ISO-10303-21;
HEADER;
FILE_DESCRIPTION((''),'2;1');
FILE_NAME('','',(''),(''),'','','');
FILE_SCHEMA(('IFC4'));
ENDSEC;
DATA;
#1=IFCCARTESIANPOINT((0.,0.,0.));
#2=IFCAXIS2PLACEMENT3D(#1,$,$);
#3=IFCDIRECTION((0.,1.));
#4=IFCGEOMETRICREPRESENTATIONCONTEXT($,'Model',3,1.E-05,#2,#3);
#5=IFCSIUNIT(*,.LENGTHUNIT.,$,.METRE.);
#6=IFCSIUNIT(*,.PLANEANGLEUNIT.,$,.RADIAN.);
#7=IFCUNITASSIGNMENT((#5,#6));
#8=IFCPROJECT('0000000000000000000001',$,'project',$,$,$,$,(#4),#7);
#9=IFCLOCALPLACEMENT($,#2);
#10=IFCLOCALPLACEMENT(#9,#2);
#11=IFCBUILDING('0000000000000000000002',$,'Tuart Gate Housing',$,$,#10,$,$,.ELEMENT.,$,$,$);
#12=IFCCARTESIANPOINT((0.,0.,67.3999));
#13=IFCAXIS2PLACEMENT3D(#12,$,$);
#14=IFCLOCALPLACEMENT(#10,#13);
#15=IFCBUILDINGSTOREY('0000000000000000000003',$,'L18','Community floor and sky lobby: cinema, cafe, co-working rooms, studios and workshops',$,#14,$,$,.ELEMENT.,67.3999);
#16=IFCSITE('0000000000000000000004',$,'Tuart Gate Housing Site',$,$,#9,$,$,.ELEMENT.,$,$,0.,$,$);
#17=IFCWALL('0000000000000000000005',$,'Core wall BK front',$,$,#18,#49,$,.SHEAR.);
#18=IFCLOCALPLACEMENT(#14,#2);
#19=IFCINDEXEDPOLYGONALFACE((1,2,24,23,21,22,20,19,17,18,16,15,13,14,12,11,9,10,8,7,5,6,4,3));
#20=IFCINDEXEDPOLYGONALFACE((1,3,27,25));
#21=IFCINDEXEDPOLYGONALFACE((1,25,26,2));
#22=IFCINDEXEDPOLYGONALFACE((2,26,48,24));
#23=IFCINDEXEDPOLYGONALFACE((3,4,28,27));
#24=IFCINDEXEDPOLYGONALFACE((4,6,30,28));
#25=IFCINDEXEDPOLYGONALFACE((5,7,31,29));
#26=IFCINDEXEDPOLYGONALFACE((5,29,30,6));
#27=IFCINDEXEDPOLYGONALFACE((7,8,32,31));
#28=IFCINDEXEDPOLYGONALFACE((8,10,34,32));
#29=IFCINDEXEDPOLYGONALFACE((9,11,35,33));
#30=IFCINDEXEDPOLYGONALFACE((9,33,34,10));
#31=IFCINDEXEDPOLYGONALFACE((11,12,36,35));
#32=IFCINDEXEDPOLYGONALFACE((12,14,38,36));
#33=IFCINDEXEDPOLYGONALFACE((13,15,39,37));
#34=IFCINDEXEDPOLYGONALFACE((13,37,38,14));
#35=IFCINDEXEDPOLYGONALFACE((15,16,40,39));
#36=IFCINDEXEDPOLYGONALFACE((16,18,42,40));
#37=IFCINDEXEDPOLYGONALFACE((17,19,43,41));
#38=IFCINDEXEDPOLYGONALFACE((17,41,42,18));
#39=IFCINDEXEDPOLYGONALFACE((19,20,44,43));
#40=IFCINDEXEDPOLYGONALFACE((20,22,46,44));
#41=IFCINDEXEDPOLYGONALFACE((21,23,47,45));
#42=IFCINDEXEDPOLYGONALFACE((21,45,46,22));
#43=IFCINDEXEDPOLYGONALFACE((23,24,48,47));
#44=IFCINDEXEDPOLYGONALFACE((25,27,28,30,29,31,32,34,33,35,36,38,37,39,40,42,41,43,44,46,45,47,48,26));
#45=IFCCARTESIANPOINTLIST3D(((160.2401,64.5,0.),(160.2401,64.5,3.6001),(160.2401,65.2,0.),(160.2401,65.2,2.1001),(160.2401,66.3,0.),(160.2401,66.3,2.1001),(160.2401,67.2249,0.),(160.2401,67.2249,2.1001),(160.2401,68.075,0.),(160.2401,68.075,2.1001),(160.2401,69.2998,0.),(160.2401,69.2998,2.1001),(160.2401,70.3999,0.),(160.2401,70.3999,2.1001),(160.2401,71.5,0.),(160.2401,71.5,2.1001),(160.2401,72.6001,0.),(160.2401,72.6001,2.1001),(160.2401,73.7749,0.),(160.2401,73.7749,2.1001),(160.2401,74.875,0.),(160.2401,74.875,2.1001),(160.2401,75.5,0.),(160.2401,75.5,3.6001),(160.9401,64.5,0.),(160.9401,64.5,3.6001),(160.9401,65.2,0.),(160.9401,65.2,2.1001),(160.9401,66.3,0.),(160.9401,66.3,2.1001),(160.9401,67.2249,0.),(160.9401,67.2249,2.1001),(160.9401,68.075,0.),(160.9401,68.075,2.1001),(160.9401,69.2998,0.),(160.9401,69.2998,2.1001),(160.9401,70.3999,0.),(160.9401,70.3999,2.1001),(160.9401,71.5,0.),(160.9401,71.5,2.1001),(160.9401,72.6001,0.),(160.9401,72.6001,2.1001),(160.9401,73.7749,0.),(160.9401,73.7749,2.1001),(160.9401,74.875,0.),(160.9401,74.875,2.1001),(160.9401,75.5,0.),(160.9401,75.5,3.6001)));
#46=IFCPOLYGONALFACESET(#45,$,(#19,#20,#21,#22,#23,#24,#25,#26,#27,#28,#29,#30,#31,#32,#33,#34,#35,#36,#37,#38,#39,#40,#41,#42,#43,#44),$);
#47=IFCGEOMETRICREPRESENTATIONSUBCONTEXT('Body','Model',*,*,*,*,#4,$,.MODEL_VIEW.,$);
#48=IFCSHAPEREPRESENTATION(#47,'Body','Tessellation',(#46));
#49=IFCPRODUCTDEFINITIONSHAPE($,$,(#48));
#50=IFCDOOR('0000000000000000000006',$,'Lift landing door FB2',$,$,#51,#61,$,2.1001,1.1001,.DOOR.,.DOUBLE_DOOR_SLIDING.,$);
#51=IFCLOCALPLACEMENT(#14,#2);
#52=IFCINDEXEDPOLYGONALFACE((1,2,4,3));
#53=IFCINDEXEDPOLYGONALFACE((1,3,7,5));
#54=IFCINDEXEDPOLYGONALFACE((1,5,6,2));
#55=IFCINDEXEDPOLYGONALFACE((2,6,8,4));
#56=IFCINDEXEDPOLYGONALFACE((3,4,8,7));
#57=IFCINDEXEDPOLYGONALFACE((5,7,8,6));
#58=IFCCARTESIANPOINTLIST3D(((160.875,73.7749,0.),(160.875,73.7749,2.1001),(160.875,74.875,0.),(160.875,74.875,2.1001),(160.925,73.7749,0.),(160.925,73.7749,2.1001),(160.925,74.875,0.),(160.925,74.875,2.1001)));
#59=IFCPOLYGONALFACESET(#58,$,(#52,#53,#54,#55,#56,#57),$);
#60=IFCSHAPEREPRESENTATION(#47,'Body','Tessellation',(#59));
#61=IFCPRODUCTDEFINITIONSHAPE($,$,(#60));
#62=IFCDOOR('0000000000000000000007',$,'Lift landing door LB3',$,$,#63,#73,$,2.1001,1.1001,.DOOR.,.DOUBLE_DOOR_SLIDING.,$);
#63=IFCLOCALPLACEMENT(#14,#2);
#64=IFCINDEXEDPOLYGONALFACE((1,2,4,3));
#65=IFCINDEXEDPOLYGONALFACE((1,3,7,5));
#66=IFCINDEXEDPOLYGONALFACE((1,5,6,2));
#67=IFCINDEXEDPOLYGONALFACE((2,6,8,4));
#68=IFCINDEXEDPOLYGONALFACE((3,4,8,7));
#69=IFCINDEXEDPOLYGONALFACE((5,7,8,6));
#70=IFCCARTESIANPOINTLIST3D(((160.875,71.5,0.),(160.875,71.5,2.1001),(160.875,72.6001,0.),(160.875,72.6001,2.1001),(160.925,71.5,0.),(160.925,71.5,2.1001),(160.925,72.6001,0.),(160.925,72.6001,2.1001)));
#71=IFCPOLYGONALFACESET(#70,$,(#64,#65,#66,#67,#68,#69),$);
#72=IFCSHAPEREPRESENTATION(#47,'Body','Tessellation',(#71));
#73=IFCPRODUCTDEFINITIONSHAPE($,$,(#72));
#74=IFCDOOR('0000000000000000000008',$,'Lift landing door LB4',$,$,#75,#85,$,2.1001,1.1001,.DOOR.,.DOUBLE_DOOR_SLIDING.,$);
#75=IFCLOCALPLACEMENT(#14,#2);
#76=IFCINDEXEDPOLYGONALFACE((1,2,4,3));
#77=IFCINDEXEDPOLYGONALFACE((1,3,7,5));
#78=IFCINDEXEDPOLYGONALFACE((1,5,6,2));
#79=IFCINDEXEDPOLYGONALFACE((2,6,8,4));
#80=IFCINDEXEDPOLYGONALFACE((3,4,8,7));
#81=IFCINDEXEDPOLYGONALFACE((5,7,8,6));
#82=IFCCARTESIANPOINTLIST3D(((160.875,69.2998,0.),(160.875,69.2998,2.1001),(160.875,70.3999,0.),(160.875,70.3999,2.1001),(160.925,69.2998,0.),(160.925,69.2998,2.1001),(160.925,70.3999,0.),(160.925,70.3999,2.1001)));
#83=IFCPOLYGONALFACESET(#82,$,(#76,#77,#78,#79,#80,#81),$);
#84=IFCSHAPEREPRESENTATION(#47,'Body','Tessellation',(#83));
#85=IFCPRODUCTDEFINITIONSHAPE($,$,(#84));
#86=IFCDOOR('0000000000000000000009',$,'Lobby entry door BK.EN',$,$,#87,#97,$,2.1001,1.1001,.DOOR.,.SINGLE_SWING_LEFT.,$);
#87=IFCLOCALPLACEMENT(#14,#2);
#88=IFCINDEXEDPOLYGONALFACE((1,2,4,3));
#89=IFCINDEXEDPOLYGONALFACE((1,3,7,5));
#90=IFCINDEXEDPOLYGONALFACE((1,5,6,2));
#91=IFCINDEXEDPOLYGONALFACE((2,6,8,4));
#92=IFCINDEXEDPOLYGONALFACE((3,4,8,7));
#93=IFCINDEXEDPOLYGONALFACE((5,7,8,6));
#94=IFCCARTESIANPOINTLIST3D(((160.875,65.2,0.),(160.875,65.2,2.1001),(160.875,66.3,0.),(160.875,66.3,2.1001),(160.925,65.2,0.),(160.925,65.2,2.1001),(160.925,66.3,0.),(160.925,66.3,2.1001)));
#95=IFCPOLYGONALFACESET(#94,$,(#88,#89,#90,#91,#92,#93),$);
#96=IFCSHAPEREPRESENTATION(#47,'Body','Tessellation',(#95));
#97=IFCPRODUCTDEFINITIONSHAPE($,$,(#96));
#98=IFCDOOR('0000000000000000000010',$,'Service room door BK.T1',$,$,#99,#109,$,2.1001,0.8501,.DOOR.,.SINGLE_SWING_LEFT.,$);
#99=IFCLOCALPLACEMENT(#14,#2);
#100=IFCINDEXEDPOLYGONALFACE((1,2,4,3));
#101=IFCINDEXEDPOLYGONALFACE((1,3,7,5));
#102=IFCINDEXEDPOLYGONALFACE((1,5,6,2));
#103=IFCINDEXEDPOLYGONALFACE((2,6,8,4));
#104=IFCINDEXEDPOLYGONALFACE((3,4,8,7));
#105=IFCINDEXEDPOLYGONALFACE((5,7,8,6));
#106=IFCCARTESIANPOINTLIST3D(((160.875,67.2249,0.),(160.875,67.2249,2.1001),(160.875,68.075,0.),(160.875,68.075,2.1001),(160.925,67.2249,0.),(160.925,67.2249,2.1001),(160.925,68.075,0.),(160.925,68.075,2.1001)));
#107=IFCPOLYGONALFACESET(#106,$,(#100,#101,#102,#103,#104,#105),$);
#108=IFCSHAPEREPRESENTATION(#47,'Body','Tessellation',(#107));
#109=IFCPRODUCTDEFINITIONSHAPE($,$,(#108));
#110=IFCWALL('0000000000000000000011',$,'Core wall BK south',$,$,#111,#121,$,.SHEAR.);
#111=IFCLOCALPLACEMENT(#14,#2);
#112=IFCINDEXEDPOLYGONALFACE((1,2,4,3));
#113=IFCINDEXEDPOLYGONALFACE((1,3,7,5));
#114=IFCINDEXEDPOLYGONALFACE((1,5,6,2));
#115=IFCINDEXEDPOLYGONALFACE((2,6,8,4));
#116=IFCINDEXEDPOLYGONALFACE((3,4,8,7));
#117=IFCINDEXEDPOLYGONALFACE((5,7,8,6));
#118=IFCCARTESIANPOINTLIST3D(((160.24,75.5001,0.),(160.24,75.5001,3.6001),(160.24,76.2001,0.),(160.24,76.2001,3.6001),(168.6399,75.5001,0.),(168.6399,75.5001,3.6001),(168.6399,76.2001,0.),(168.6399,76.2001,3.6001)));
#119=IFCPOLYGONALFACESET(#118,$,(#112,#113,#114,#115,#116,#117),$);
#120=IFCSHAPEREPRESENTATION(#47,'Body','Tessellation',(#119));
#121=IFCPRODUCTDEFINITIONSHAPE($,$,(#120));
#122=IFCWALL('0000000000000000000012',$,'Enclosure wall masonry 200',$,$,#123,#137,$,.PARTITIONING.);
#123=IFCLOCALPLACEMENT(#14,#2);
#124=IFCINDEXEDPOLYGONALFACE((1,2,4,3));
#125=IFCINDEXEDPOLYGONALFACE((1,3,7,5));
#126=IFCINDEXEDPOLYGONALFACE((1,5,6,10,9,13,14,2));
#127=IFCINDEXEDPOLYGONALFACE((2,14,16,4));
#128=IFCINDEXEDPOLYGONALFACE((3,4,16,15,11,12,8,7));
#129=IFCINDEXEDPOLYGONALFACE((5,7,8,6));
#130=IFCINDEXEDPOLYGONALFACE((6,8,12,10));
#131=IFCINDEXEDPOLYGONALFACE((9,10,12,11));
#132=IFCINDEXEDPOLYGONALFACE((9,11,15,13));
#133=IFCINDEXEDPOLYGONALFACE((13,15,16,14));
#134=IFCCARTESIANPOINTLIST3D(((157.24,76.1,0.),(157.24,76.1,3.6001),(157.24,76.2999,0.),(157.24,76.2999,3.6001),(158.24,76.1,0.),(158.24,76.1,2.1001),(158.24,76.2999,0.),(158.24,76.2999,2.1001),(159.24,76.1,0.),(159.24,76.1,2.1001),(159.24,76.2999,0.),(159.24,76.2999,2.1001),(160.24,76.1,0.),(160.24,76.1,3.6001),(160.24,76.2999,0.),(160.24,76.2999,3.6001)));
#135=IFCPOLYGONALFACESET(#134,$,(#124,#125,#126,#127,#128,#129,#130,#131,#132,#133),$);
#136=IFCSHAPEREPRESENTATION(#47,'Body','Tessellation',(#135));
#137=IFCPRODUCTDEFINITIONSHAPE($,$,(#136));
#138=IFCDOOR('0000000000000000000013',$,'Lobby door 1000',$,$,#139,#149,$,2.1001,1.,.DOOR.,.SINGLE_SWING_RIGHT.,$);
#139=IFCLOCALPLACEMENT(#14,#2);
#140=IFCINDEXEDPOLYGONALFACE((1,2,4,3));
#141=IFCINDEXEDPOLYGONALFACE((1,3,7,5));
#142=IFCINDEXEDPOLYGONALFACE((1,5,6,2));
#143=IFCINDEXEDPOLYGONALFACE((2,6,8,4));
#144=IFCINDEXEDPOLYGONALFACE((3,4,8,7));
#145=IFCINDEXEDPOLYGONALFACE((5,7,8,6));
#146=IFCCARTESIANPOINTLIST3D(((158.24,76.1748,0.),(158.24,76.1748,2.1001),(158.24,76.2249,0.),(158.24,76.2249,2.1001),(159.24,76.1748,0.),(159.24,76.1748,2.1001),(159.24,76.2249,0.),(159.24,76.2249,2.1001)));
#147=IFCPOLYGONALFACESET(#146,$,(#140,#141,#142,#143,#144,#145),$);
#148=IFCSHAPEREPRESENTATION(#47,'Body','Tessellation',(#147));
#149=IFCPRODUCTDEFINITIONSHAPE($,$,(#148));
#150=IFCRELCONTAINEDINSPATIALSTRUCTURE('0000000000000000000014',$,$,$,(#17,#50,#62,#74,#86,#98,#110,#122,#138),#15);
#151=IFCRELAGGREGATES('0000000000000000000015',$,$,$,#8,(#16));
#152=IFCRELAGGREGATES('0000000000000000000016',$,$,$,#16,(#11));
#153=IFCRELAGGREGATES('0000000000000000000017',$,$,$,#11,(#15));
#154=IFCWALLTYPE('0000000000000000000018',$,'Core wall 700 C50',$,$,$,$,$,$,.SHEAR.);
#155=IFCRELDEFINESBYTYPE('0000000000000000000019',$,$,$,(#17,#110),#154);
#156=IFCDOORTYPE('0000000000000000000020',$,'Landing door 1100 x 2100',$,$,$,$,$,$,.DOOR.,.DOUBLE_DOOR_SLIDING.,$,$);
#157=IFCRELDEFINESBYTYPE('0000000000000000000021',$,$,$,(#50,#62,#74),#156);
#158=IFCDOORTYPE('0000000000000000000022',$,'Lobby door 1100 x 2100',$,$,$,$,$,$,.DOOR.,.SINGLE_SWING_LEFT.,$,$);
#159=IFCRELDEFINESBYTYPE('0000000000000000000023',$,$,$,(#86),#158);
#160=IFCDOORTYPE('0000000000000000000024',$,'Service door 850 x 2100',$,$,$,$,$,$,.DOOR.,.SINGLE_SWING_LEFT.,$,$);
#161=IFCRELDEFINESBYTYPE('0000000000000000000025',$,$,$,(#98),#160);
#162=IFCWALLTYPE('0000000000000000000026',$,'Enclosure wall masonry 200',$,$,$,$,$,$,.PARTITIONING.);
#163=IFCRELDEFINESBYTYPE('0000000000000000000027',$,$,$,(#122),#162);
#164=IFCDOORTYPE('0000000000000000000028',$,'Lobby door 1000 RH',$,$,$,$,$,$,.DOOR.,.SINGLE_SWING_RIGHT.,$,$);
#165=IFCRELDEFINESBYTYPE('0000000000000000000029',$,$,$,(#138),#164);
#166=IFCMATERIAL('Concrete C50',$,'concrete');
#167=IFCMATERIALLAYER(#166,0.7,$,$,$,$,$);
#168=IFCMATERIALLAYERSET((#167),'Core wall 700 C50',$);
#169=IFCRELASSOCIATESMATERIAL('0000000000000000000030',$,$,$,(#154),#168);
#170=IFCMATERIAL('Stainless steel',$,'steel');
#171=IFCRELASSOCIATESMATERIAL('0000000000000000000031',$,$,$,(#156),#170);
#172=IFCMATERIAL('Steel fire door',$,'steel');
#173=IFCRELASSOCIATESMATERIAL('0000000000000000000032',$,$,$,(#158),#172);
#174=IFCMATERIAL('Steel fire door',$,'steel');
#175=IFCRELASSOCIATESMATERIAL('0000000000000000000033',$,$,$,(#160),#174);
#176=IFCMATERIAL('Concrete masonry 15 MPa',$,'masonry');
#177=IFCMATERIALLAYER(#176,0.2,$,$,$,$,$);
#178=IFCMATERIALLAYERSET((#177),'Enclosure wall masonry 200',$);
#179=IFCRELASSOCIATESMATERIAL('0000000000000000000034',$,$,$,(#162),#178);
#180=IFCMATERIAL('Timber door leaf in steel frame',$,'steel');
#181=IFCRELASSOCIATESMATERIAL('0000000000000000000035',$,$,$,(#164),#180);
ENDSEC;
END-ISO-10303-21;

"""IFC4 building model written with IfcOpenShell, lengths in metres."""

from ifc_helpers import new_model, si_unit, direction, frame, frame_2d, origin, place, context, subcontext, project, spatial, rectangle, extrude, material, layer, layer_set, type_object, element, fill, save


model = new_model("IFC4")

# Units and contexts
model_context = context("Model", 3, precision=1e-05, world=origin(), true_north=direction((0.0, 1.0)))
body_context = subcontext(model_context, "Body", "Model", "MODEL_VIEW")
ifc_project = project(units=[si_unit("LENGTHUNIT", "METRE"), si_unit("PLANEANGLEUNIT", "RADIAN")], contexts=[model_context])

# Site, building, storey
site_placement = place(None, origin())
site = spatial("IfcSite", under=ifc_project, at=site_placement, Name="Tuart Gate Housing Site", CompositionType="ELEMENT", RefElevation=0.0)
building_placement = place(site_placement, origin())
building = spatial("IfcBuilding", under=site, at=building_placement, Name="Tuart Gate Housing", CompositionType="ELEMENT")
storey_placement = place(building_placement, frame((0.0, 0.0, 67.3999)))
storey = spatial("IfcBuildingStorey", under=building, at=storey_placement, Name="L18", Description="Community floor and sky lobby: cinema, cafe, co-working rooms, studios and workshops", CompositionType="ELEMENT", Elevation=67.3999)

# Wall, openings, doors
ifc_material_1 = material(Name="Concrete C50", Category="concrete")
ifc_layer_1 = layer(ifc_material_1, 0.7)
ifc_layer_set_1 = layer_set([ifc_layer_1], Name="Core wall 700 C50")
wall_type_1 = type_object("IfcWallType", Name="Core wall 700 C50", PredefinedType="SHEAR", material=ifc_layer_set_1)
wall_1_placement = place(storey_placement, frame((160.5901, 75.5, 0.0), z_axis=(0.0, 0.0, 1.0), x_axis=(0.0, -1.0, 0.0)))
wall_1 = element("IfcWall", 1, at=wall_1_placement, inside=storey, type_object=wall_type_1, Name="Core wall BK front", PredefinedType="SHEAR", context=body_context, shape_type="SweptSolid", body=[
    extrude(rectangle(XDim=11.0, YDim=0.7, at=frame_2d((5.5, 0.0))), origin(), (0.0, 0.0, 1.0), 3.6001),
])
opening_1_placement = place(wall_1_placement, frame((0.625, 0.0, 0.0)))
opening_1 = element("IfcOpeningElement", 2, at=opening_1_placement, cuts=wall_1, PredefinedType="OPENING", context=body_context, shape_type="SweptSolid", body=[
    extrude(rectangle(XDim=1.1001, YDim=2.1001, at=frame_2d((0.55, 1.05))), frame((0.0, 0.3599, 0.0), z_axis=(0.0, -1.0, 0.0), x_axis=(1.0, 0.0, 0.0)), (0.0, 0.0, 1.0), 0.72),
])
opening_2_placement = place(wall_1_placement, frame((2.8999, 0.0, 0.0)))
opening_2 = element("IfcOpeningElement", 3, at=opening_2_placement, cuts=wall_1, PredefinedType="OPENING", context=body_context, shape_type="SweptSolid", body=[
    extrude(rectangle(XDim=1.1001, YDim=2.1001, at=frame_2d((0.55, 1.05))), frame((0.0, 0.3599, 0.0), z_axis=(0.0, -1.0, 0.0), x_axis=(1.0, 0.0, 0.0)), (0.0, 0.0, 1.0), 0.72),
])
opening_3_placement = place(wall_1_placement, frame((5.1001, 0.0, 0.0)))
opening_3 = element("IfcOpeningElement", 4, at=opening_3_placement, cuts=wall_1, PredefinedType="OPENING", context=body_context, shape_type="SweptSolid", body=[
    extrude(rectangle(XDim=1.1001, YDim=2.1001, at=frame_2d((0.55, 1.05))), frame((0.0, 0.3599, 0.0), z_axis=(0.0, -1.0, 0.0), x_axis=(1.0, 0.0, 0.0)), (0.0, 0.0, 1.0), 0.72),
])
opening_4_placement = place(wall_1_placement, frame((9.2, 0.0, 0.0)))
opening_4 = element("IfcOpeningElement", 5, at=opening_4_placement, cuts=wall_1, PredefinedType="OPENING", context=body_context, shape_type="SweptSolid", body=[
    extrude(rectangle(XDim=1.1001, YDim=2.1001, at=frame_2d((0.55, 1.05))), frame((0.0, 0.3599, 0.0), z_axis=(0.0, -1.0, 0.0), x_axis=(1.0, 0.0, 0.0)), (0.0, 0.0, 1.0), 0.72),
])
opening_5_placement = place(wall_1_placement, frame((7.425, 0.0, 0.0)))
opening_5 = element("IfcOpeningElement", 6, at=opening_5_placement, cuts=wall_1, PredefinedType="OPENING", context=body_context, shape_type="SweptSolid", body=[
    extrude(rectangle(XDim=0.8501, YDim=2.1001, at=frame_2d((0.425, 1.05))), frame((0.0, 0.3599, 0.0), z_axis=(0.0, -1.0, 0.0), x_axis=(1.0, 0.0, 0.0)), (0.0, 0.0, 1.0), 0.72),
])
ifc_material_2 = material(Name="Stainless steel", Category="steel")
door_type_1 = type_object("IfcDoorType", Name="Landing door 1100 x 2100", OperationType="DOUBLE_DOOR_SLIDING", PredefinedType="DOOR", material=ifc_material_2)
door_1_placement = place(opening_1_placement, origin())
door_1 = element("IfcDoor", 7, at=door_1_placement, inside=storey, type_object=door_type_1, Name="Lift landing door FB2", OperationType="DOUBLE_DOOR_SLIDING", OverallHeight=2.1001, OverallWidth=1.1001, PredefinedType="DOOR", context=body_context, shape_type="SweptSolid", body=[
    extrude(rectangle(XDim=1.1001, YDim=2.1001, at=frame_2d((0.55, 1.05))), frame((0.0, 0.335, 0.0), z_axis=(0.0, -1.0, 0.0), x_axis=(1.0, 0.0, 0.0)), (0.0, 0.0, 1.0), 0.05),
])
fill(opening_1, door_1)
door_2_placement = place(opening_2_placement, origin())
door_2 = element("IfcDoor", 8, at=door_2_placement, inside=storey, type_object=door_type_1, Name="Lift landing door LB3", OperationType="DOUBLE_DOOR_SLIDING", OverallHeight=2.1001, OverallWidth=1.1001, PredefinedType="DOOR", context=body_context, shape_type="SweptSolid", body=[
    extrude(rectangle(XDim=1.1001, YDim=2.1001, at=frame_2d((0.55, 1.05))), frame((0.0, 0.335, 0.0), z_axis=(0.0, -1.0, 0.0), x_axis=(1.0, 0.0, 0.0)), (0.0, 0.0, 1.0), 0.05),
])
fill(opening_2, door_2)
door_3_placement = place(opening_3_placement, origin())
door_3 = element("IfcDoor", 9, at=door_3_placement, inside=storey, type_object=door_type_1, Name="Lift landing door LB4", OperationType="DOUBLE_DOOR_SLIDING", OverallHeight=2.1001, OverallWidth=1.1001, PredefinedType="DOOR", context=body_context, shape_type="SweptSolid", body=[
    extrude(rectangle(XDim=1.1001, YDim=2.1001, at=frame_2d((0.55, 1.05))), frame((0.0, 0.335, 0.0), z_axis=(0.0, -1.0, 0.0), x_axis=(1.0, 0.0, 0.0)), (0.0, 0.0, 1.0), 0.05),
])
fill(opening_3, door_3)
ifc_material_3 = material(Name="Steel fire door", Category="steel")
door_type_2 = type_object("IfcDoorType", Name="Lobby door 1100 x 2100", OperationType="SINGLE_SWING_LEFT", PredefinedType="DOOR", material=ifc_material_3)
door_4_placement = place(opening_4_placement, origin())
door_4 = element("IfcDoor", 10, at=door_4_placement, inside=storey, type_object=door_type_2, Name="Lobby entry door BK.EN", OperationType="SINGLE_SWING_LEFT", OverallHeight=2.1001, OverallWidth=1.1001, PredefinedType="DOOR", context=body_context, shape_type="SweptSolid", body=[
    extrude(rectangle(XDim=1.1001, YDim=2.1001, at=frame_2d((0.55, 1.05))), frame((0.0, 0.335, 0.0), z_axis=(0.0, -1.0, 0.0), x_axis=(1.0, 0.0, 0.0)), (0.0, 0.0, 1.0), 0.05),
])
fill(opening_4, door_4)
ifc_material_4 = material(Name="Steel fire door", Category="steel")
door_type_3 = type_object("IfcDoorType", Name="Service door 850 x 2100", OperationType="SINGLE_SWING_LEFT", PredefinedType="DOOR", material=ifc_material_4)
door_5_placement = place(opening_5_placement, origin())
door_5 = element("IfcDoor", 11, at=door_5_placement, inside=storey, type_object=door_type_3, Name="Service room door BK.T1", OperationType="SINGLE_SWING_LEFT", OverallHeight=2.1001, OverallWidth=0.8501, PredefinedType="DOOR", context=body_context, shape_type="SweptSolid", body=[
    extrude(rectangle(XDim=0.8501, YDim=2.1001, at=frame_2d((0.425, 1.05))), frame((0.0, 0.335, 0.0), z_axis=(0.0, -1.0, 0.0), x_axis=(1.0, 0.0, 0.0)), (0.0, 0.0, 1.0), 0.05),
])
fill(opening_5, door_5)

# Wall
wall_2_placement = place(storey_placement, frame((160.24, 75.8501, 0.0), z_axis=(0.0, 0.0, 1.0), x_axis=(1.0, 0.0, 0.0)))
element("IfcWall", 12, at=wall_2_placement, inside=storey, type_object=wall_type_1, Name="Core wall BK south", PredefinedType="SHEAR", context=body_context, shape_type="SweptSolid", body=[
    extrude(rectangle(XDim=8.3999, YDim=0.7, at=frame_2d((4.2, 0.0))), origin(), (0.0, 0.0, 1.0), 3.6001),
])

# Wall, opening, door
ifc_material_5 = material(Name="Concrete masonry 15 MPa", Category="masonry")
ifc_layer_2 = layer(ifc_material_5, 0.2)
ifc_layer_set_2 = layer_set([ifc_layer_2], Name="Enclosure wall masonry 200")
wall_type_2 = type_object("IfcWallType", Name="Enclosure wall masonry 200", PredefinedType="PARTITIONING", material=ifc_layer_set_2)
wall_3_placement = place(storey_placement, frame((157.24, 76.2, 0.0), z_axis=(0.0, 0.0, 1.0), x_axis=(1.0, 0.0, 0.0)))
wall_3 = element("IfcWall", 13, at=wall_3_placement, inside=storey, type_object=wall_type_2, Name="Enclosure wall masonry 200", PredefinedType="PARTITIONING", context=body_context, shape_type="SweptSolid", body=[
    extrude(rectangle(XDim=3.0, YDim=0.2, at=frame_2d((1.5, 0.0))), origin(), (0.0, 0.0, 1.0), 3.6001),
])
opening_6_placement = place(wall_3_placement, frame((1.0, 0.0, 0.0)))
opening_6 = element("IfcOpeningElement", 14, at=opening_6_placement, cuts=wall_3, PredefinedType="OPENING", context=body_context, shape_type="SweptSolid", body=[
    extrude(rectangle(XDim=1.0, YDim=2.1001, at=frame_2d((0.5, 1.05))), frame((0.0, 0.1099, 0.0), z_axis=(0.0, -1.0, 0.0), x_axis=(1.0, 0.0, 0.0)), (0.0, 0.0, 1.0), 0.22),
])
ifc_material_6 = material(Name="Timber door leaf in steel frame", Category="steel")
door_type_4 = type_object("IfcDoorType", Name="Lobby door 1000 RH", OperationType="SINGLE_SWING_RIGHT", PredefinedType="DOOR", material=ifc_material_6)
door_6_placement = place(opening_6_placement, frame((1.0, 0.0, 0.0), z_axis=(0.0, 0.0, 1.0), x_axis=(-1.0, 0.0, 0.0)))
door_6 = element("IfcDoor", 15, at=door_6_placement, inside=storey, type_object=door_type_4, Name="Lobby door 1000", OperationType="SINGLE_SWING_RIGHT", OverallHeight=2.1001, OverallWidth=1.0, PredefinedType="DOOR", context=body_context, shape_type="SweptSolid", body=[
    extrude(rectangle(XDim=1.0, YDim=2.1001, at=frame_2d((0.5, 1.05))), frame((0.0, 0.0251, 0.0), z_axis=(0.0, -1.0, 0.0), x_axis=(1.0, 0.0, 0.0)), (0.0, 0.0, 1.0), 0.05),
])
fill(opening_6, door_6)

save(model, "model.ifc")
